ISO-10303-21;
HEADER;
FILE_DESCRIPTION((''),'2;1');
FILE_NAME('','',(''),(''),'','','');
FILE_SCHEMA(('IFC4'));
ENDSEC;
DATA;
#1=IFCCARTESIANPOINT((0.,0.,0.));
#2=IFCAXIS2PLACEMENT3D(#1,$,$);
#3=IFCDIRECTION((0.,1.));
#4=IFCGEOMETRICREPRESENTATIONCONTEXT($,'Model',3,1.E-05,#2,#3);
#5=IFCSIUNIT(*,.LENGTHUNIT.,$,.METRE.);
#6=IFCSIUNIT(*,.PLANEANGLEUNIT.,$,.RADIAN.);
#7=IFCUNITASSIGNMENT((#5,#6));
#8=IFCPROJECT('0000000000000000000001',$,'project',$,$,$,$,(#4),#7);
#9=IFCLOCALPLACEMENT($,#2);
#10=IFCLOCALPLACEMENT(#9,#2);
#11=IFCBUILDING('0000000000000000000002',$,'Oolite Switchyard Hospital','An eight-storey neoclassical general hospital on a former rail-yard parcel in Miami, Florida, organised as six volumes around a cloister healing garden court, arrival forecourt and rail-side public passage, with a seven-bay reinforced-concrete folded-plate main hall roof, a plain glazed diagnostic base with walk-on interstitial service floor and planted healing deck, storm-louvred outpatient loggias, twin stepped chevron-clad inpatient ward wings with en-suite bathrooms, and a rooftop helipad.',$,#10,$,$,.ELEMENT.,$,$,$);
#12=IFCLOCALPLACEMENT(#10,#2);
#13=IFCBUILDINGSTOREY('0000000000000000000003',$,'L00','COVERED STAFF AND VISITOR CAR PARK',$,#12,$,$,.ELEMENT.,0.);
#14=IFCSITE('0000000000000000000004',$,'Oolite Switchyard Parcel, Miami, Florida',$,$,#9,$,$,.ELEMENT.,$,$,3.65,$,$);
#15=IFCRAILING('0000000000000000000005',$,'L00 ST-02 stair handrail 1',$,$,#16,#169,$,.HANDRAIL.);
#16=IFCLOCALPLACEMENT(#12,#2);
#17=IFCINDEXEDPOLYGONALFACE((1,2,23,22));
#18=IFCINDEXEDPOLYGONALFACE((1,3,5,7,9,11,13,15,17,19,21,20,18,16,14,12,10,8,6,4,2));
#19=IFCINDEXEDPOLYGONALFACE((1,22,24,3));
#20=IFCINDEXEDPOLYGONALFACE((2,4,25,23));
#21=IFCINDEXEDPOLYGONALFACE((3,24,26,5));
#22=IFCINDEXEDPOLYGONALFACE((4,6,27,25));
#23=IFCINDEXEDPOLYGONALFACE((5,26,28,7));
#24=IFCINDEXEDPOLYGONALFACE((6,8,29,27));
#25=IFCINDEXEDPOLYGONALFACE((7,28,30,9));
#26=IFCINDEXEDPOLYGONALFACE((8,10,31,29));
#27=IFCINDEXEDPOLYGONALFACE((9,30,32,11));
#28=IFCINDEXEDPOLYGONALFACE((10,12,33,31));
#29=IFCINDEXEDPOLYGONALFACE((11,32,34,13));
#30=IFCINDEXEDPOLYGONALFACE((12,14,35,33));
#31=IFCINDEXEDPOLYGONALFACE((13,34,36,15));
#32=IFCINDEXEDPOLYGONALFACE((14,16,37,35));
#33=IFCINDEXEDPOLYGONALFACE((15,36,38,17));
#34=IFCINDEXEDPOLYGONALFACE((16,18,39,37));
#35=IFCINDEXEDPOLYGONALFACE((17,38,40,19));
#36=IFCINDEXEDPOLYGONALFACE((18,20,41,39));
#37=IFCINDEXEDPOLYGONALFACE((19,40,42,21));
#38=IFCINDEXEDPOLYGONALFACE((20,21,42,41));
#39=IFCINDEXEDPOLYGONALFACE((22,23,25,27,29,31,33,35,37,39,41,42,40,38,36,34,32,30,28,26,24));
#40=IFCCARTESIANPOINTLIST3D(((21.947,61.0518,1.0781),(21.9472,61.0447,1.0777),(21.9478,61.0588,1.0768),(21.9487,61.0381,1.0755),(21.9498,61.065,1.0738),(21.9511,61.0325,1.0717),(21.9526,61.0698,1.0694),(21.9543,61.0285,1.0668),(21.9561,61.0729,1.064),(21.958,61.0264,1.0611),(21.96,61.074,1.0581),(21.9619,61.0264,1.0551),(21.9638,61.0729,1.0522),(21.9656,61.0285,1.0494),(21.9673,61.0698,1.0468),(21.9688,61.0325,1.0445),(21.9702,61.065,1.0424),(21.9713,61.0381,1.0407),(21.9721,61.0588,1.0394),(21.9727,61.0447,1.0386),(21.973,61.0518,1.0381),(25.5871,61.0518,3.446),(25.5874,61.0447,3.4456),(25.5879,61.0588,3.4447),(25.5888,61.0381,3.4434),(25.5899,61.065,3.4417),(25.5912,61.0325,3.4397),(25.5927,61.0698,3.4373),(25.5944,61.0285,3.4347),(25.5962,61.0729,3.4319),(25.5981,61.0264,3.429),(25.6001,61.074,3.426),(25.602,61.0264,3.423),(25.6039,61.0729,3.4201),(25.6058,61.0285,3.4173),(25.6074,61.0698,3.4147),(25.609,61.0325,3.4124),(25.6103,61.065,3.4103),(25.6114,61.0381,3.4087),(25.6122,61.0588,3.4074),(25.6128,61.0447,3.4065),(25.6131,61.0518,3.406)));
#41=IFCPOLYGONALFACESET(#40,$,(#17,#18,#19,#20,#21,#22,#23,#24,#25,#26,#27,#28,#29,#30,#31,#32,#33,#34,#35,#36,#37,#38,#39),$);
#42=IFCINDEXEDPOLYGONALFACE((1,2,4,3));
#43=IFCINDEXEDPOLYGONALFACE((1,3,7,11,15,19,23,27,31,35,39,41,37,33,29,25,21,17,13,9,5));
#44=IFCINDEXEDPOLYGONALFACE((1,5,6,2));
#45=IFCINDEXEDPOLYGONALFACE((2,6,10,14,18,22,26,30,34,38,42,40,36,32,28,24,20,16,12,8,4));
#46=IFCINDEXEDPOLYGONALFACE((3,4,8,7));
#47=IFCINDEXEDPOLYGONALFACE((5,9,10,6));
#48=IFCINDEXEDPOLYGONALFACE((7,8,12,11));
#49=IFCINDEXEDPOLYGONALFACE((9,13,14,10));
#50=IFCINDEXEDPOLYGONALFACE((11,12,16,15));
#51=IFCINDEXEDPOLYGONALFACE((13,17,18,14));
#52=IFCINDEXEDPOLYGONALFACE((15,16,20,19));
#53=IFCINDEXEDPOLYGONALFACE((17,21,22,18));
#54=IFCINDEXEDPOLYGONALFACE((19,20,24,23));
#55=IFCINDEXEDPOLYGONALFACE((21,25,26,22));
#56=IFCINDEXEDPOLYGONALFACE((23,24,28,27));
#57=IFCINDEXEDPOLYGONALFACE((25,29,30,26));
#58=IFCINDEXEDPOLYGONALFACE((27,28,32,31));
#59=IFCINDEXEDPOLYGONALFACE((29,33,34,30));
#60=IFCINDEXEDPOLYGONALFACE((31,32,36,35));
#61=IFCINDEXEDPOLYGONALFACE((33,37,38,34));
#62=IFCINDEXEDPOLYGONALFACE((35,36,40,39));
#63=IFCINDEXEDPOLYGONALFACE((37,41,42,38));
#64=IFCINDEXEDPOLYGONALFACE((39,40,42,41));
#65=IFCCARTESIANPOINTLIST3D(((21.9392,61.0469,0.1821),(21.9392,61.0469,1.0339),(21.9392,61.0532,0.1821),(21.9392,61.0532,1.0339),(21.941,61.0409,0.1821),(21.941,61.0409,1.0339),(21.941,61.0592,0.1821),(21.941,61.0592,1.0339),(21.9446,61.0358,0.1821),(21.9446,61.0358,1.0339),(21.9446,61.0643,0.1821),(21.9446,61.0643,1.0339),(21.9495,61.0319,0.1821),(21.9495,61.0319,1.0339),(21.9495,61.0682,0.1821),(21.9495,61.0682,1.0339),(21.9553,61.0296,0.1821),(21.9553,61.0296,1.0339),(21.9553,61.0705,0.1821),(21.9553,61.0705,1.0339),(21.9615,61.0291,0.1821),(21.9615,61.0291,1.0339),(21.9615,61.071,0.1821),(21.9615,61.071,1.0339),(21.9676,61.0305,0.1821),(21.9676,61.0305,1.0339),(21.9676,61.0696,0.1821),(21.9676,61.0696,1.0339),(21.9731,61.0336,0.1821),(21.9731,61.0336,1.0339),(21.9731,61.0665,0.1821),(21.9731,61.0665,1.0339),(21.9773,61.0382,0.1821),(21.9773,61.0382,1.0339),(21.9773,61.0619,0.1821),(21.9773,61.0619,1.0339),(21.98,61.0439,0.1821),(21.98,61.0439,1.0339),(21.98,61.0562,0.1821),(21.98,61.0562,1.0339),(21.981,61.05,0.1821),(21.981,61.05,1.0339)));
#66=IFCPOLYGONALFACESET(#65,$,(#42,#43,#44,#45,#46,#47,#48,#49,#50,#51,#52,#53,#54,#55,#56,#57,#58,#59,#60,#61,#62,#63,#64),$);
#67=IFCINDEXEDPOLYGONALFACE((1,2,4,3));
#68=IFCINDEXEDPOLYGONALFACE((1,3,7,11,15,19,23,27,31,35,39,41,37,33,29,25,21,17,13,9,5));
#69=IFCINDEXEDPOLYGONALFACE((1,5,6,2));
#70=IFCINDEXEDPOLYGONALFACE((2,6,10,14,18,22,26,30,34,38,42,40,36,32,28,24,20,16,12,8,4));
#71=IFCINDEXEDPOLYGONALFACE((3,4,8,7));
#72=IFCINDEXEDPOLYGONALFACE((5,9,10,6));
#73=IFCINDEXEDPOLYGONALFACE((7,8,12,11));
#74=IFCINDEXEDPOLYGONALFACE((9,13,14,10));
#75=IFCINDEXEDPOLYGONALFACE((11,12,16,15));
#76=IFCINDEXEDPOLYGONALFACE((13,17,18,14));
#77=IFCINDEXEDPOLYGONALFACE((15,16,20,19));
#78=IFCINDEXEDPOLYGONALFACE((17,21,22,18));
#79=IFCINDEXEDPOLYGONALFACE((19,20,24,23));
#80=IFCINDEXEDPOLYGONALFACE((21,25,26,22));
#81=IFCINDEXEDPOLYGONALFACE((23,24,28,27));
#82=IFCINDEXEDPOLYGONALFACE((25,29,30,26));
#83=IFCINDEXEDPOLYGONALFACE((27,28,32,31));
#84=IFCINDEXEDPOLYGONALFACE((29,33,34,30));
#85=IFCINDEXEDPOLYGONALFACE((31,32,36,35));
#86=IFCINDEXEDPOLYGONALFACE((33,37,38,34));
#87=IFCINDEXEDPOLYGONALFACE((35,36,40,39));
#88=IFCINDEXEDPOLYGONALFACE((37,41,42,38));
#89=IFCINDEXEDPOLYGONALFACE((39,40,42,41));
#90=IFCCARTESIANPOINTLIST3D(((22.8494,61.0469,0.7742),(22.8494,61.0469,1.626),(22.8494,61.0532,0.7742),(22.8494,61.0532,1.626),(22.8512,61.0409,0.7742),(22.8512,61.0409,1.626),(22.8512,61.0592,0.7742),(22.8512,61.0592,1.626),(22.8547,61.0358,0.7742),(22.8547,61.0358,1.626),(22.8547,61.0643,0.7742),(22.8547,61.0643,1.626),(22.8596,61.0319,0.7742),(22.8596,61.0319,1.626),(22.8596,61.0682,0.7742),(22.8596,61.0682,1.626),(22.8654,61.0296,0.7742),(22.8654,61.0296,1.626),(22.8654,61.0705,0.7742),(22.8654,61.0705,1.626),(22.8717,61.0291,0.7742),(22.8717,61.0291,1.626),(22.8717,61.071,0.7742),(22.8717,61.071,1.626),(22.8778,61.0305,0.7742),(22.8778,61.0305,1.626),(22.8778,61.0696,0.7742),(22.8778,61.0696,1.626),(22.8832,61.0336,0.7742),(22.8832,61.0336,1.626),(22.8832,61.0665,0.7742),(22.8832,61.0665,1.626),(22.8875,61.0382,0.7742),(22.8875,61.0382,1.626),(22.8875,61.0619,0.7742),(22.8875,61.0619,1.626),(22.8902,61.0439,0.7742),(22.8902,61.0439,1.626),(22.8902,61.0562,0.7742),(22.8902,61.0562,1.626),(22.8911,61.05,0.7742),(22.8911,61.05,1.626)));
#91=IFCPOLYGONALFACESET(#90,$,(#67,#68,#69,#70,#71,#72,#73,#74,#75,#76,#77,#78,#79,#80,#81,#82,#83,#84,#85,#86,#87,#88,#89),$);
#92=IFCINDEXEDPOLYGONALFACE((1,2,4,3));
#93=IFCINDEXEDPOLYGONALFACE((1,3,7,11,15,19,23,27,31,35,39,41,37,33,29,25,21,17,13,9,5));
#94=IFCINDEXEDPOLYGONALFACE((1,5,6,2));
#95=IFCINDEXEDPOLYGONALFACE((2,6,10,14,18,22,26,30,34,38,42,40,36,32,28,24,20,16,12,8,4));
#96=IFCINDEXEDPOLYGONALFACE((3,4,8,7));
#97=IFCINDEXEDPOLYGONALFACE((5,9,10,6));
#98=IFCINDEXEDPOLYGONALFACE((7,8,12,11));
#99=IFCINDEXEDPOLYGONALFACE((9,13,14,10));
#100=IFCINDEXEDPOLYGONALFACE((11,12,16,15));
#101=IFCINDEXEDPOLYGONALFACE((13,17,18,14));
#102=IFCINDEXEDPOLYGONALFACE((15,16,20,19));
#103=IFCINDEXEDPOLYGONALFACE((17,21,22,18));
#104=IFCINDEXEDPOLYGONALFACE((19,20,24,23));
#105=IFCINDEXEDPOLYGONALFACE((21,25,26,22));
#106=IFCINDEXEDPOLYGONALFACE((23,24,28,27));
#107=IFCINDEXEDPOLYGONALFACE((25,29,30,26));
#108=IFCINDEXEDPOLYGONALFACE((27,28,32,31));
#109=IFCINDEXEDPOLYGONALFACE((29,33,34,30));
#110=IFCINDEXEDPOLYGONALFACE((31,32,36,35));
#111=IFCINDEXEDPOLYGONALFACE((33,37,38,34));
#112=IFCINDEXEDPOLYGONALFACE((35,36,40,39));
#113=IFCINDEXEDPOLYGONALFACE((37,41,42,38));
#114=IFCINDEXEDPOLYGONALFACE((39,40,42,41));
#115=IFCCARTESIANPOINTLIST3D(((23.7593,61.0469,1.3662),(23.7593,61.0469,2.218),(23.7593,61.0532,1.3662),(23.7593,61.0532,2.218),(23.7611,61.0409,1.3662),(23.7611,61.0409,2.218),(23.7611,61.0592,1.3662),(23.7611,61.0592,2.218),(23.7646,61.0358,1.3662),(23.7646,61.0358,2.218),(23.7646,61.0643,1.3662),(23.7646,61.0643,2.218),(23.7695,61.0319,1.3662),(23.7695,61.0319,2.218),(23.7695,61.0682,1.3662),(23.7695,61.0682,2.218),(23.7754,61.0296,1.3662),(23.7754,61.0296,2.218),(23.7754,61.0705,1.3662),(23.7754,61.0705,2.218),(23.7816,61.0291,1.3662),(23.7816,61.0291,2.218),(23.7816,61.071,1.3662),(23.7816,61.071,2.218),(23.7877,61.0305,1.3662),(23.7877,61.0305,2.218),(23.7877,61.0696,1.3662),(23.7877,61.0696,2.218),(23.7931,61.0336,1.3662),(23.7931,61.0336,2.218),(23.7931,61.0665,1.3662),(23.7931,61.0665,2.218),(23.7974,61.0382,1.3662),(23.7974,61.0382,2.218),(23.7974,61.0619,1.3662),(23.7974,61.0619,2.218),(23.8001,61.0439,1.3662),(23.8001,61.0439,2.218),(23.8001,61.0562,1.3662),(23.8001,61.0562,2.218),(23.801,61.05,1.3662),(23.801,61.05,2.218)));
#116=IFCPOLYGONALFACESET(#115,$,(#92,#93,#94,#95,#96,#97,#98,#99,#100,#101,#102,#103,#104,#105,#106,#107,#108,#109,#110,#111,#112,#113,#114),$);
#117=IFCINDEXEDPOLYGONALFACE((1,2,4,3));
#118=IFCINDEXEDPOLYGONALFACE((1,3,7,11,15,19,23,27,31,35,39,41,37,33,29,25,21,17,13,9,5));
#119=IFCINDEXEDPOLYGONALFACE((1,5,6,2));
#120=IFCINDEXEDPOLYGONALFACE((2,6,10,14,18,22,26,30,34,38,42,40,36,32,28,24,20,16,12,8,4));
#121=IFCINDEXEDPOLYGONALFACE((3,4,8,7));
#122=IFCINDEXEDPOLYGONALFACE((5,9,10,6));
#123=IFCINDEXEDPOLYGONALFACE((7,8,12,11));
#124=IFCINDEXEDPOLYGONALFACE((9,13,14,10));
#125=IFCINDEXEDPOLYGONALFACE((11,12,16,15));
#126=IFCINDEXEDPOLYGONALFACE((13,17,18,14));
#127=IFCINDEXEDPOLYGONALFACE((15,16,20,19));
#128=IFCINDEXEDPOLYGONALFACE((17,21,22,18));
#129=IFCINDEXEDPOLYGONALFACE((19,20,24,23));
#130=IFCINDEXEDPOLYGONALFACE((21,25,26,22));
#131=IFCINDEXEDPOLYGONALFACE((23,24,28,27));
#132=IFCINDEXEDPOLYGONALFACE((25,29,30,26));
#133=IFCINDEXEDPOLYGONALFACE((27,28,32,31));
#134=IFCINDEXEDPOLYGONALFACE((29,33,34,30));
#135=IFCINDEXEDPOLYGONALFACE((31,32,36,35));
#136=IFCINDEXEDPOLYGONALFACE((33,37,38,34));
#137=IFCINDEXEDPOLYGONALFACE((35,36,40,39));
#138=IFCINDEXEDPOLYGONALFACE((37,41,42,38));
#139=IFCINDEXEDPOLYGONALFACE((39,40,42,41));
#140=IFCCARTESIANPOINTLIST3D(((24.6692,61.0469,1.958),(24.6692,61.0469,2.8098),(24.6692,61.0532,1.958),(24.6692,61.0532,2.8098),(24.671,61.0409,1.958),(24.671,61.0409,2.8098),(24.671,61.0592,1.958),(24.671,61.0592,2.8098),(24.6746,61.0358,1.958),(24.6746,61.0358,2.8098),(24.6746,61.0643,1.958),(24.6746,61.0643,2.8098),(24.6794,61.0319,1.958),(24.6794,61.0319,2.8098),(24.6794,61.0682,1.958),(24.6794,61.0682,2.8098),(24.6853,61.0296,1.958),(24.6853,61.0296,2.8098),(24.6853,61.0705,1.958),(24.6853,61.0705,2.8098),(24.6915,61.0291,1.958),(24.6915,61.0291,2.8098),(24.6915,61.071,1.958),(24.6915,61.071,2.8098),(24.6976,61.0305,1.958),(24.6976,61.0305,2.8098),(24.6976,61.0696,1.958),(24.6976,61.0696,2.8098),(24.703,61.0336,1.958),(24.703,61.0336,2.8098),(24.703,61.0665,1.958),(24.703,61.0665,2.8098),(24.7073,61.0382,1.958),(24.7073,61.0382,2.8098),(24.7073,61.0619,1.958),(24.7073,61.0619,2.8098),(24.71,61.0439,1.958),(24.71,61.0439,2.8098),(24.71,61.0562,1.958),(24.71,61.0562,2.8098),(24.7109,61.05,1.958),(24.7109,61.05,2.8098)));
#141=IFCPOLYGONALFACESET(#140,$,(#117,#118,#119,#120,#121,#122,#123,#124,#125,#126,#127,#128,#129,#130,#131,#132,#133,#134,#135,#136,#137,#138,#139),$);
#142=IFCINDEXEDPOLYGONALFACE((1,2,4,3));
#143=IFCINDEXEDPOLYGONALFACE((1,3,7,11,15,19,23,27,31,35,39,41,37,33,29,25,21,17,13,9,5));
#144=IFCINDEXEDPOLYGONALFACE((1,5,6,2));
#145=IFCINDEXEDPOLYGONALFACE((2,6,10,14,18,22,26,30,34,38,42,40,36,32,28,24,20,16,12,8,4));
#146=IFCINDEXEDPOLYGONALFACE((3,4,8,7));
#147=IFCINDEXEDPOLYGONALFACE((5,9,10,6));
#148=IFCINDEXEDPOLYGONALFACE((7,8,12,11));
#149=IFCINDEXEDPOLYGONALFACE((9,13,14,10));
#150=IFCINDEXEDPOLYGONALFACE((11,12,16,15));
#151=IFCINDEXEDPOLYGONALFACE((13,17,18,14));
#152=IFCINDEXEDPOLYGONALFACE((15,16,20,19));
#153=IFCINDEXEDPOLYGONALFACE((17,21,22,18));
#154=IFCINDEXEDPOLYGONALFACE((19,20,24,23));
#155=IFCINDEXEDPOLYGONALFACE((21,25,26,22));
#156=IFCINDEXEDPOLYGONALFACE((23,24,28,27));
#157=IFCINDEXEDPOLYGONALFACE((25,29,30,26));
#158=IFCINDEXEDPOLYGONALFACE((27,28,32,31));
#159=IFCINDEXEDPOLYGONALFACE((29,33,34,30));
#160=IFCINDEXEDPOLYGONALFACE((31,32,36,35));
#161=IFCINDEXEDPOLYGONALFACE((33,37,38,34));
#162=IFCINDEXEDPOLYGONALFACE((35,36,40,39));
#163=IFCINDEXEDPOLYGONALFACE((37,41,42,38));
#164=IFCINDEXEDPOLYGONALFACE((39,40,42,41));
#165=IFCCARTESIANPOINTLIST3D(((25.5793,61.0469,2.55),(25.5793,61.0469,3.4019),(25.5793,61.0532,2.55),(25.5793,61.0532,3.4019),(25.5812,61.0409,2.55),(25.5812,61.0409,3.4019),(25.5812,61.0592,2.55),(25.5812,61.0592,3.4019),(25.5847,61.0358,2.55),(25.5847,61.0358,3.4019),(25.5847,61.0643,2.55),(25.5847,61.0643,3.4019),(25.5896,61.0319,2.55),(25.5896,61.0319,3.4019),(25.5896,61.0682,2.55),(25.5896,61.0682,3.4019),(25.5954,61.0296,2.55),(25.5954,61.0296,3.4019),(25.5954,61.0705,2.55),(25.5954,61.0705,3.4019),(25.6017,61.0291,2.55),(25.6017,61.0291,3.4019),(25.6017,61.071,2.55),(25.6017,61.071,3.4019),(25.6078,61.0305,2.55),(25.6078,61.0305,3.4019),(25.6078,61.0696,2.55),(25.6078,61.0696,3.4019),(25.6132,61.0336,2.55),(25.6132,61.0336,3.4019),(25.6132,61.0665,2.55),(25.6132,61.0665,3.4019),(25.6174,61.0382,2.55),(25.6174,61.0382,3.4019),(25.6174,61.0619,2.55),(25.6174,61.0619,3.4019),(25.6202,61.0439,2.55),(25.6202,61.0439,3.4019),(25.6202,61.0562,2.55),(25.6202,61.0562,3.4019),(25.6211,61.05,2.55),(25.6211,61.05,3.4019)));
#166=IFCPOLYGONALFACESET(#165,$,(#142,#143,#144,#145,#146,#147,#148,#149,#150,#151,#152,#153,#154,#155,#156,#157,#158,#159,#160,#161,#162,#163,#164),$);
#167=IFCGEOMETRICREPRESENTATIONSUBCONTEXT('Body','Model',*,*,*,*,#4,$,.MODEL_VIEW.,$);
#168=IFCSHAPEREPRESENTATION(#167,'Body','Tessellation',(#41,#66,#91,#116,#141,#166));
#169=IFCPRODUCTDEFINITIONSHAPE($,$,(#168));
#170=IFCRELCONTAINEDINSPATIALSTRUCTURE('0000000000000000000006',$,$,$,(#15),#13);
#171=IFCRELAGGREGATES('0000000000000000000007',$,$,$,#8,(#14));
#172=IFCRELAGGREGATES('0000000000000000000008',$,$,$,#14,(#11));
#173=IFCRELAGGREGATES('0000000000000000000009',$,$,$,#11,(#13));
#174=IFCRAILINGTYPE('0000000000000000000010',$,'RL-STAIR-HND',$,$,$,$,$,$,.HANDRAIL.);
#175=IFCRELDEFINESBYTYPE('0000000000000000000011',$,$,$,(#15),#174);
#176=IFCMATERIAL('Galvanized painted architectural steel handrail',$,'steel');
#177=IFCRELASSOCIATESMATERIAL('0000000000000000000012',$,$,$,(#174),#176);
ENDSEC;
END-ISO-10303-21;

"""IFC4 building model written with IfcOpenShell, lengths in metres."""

from ifc_helpers import new_model, si_unit, direction, frame, origin, origin_2d, place, context, subcontext, project, spatial, circle, extrude, material, type_object, element, save


model = new_model("IFC4")

# Units and contexts
model_context = context("Model", 3, precision=1e-05, world=origin(), true_north=direction((0.0, 1.0)))
body_context = subcontext(model_context, "Body", "Model", "MODEL_VIEW")
ifc_project = project(units=[si_unit("LENGTHUNIT", "METRE"), si_unit("PLANEANGLEUNIT", "RADIAN")], contexts=[model_context])

# Site, building, storey
site_placement = place(None, origin())
site = spatial("IfcSite", under=ifc_project, at=site_placement, Name="Oolite Switchyard Parcel, Miami, Florida", CompositionType="ELEMENT", RefElevation=3.65)
building_placement = place(site_placement, origin())
building = spatial("IfcBuilding", under=site, at=building_placement, Name="Oolite Switchyard Hospital", Description="An eight-storey neoclassical general hospital on a former rail-yard parcel in Miami, Florida, organised as six volumes around a cloister healing garden court, arrival forecourt and rail-side public passage, with a seven-bay reinforced-concrete folded-plate main hall roof, a plain glazed diagnostic base with walk-on interstitial service floor and planted healing deck, storm-louvred outpatient loggias, twin stepped chevron-clad inpatient ward wings with en-suite bathrooms, and a rooftop helipad.", CompositionType="ELEMENT")
storey_placement = place(building_placement, origin())
storey = spatial("IfcBuildingStorey", under=building, at=storey_placement, Name="L00", Description="COVERED STAFF AND VISITOR CAR PARK", CompositionType="ELEMENT", Elevation=0.0)

# Railing
ifc_material_1 = material(Name="Galvanized painted architectural steel handrail", Category="steel")
railing_type_1 = type_object("IfcRailingType", Name="RL-STAIR-HND", PredefinedType="HANDRAIL", material=ifc_material_1)
railing_1_placement = place(storey_placement, frame((21.96, 61.05, 0.1821)))
element("IfcRailing", 1, at=railing_1_placement, inside=storey, type_object=railing_type_1, Name="L00 ST-02 stair handrail 1", PredefinedType="HANDRAIL", context=body_context, shape_type="SweptSolid", body=[
    extrude(circle(Radius=0.0239, at=origin_2d()), frame((0.0, 0.0, 0.876), z_axis=(0.838251, 0.0, 0.545285), x_axis=(0.0, 1.0, 0.0)), (0.0, 0.0, 1.0), 4.3425),
    extrude(circle(Radius=0.021, at=origin_2d()), origin(), (0.0, 0.0, 1.0), 0.8518),
    extrude(circle(Radius=0.021, at=origin_2d()), frame((0.9102, 0.0, 0.592)), (0.0, 0.0, 1.0), 0.8518),
    extrude(circle(Radius=0.021, at=origin_2d()), frame((1.8201, 0.0, 1.1841)), (0.0, 0.0, 1.0), 0.8518),
    extrude(circle(Radius=0.021, at=origin_2d()), frame((2.73, 0.0, 1.7759)), (0.0, 0.0, 1.0), 0.8518),
    extrude(circle(Radius=0.021, at=origin_2d()), frame((3.6401, 0.0, 2.3679)), (0.0, 0.0, 1.0), 0.8518),
])

save(model, "model.ifc")
